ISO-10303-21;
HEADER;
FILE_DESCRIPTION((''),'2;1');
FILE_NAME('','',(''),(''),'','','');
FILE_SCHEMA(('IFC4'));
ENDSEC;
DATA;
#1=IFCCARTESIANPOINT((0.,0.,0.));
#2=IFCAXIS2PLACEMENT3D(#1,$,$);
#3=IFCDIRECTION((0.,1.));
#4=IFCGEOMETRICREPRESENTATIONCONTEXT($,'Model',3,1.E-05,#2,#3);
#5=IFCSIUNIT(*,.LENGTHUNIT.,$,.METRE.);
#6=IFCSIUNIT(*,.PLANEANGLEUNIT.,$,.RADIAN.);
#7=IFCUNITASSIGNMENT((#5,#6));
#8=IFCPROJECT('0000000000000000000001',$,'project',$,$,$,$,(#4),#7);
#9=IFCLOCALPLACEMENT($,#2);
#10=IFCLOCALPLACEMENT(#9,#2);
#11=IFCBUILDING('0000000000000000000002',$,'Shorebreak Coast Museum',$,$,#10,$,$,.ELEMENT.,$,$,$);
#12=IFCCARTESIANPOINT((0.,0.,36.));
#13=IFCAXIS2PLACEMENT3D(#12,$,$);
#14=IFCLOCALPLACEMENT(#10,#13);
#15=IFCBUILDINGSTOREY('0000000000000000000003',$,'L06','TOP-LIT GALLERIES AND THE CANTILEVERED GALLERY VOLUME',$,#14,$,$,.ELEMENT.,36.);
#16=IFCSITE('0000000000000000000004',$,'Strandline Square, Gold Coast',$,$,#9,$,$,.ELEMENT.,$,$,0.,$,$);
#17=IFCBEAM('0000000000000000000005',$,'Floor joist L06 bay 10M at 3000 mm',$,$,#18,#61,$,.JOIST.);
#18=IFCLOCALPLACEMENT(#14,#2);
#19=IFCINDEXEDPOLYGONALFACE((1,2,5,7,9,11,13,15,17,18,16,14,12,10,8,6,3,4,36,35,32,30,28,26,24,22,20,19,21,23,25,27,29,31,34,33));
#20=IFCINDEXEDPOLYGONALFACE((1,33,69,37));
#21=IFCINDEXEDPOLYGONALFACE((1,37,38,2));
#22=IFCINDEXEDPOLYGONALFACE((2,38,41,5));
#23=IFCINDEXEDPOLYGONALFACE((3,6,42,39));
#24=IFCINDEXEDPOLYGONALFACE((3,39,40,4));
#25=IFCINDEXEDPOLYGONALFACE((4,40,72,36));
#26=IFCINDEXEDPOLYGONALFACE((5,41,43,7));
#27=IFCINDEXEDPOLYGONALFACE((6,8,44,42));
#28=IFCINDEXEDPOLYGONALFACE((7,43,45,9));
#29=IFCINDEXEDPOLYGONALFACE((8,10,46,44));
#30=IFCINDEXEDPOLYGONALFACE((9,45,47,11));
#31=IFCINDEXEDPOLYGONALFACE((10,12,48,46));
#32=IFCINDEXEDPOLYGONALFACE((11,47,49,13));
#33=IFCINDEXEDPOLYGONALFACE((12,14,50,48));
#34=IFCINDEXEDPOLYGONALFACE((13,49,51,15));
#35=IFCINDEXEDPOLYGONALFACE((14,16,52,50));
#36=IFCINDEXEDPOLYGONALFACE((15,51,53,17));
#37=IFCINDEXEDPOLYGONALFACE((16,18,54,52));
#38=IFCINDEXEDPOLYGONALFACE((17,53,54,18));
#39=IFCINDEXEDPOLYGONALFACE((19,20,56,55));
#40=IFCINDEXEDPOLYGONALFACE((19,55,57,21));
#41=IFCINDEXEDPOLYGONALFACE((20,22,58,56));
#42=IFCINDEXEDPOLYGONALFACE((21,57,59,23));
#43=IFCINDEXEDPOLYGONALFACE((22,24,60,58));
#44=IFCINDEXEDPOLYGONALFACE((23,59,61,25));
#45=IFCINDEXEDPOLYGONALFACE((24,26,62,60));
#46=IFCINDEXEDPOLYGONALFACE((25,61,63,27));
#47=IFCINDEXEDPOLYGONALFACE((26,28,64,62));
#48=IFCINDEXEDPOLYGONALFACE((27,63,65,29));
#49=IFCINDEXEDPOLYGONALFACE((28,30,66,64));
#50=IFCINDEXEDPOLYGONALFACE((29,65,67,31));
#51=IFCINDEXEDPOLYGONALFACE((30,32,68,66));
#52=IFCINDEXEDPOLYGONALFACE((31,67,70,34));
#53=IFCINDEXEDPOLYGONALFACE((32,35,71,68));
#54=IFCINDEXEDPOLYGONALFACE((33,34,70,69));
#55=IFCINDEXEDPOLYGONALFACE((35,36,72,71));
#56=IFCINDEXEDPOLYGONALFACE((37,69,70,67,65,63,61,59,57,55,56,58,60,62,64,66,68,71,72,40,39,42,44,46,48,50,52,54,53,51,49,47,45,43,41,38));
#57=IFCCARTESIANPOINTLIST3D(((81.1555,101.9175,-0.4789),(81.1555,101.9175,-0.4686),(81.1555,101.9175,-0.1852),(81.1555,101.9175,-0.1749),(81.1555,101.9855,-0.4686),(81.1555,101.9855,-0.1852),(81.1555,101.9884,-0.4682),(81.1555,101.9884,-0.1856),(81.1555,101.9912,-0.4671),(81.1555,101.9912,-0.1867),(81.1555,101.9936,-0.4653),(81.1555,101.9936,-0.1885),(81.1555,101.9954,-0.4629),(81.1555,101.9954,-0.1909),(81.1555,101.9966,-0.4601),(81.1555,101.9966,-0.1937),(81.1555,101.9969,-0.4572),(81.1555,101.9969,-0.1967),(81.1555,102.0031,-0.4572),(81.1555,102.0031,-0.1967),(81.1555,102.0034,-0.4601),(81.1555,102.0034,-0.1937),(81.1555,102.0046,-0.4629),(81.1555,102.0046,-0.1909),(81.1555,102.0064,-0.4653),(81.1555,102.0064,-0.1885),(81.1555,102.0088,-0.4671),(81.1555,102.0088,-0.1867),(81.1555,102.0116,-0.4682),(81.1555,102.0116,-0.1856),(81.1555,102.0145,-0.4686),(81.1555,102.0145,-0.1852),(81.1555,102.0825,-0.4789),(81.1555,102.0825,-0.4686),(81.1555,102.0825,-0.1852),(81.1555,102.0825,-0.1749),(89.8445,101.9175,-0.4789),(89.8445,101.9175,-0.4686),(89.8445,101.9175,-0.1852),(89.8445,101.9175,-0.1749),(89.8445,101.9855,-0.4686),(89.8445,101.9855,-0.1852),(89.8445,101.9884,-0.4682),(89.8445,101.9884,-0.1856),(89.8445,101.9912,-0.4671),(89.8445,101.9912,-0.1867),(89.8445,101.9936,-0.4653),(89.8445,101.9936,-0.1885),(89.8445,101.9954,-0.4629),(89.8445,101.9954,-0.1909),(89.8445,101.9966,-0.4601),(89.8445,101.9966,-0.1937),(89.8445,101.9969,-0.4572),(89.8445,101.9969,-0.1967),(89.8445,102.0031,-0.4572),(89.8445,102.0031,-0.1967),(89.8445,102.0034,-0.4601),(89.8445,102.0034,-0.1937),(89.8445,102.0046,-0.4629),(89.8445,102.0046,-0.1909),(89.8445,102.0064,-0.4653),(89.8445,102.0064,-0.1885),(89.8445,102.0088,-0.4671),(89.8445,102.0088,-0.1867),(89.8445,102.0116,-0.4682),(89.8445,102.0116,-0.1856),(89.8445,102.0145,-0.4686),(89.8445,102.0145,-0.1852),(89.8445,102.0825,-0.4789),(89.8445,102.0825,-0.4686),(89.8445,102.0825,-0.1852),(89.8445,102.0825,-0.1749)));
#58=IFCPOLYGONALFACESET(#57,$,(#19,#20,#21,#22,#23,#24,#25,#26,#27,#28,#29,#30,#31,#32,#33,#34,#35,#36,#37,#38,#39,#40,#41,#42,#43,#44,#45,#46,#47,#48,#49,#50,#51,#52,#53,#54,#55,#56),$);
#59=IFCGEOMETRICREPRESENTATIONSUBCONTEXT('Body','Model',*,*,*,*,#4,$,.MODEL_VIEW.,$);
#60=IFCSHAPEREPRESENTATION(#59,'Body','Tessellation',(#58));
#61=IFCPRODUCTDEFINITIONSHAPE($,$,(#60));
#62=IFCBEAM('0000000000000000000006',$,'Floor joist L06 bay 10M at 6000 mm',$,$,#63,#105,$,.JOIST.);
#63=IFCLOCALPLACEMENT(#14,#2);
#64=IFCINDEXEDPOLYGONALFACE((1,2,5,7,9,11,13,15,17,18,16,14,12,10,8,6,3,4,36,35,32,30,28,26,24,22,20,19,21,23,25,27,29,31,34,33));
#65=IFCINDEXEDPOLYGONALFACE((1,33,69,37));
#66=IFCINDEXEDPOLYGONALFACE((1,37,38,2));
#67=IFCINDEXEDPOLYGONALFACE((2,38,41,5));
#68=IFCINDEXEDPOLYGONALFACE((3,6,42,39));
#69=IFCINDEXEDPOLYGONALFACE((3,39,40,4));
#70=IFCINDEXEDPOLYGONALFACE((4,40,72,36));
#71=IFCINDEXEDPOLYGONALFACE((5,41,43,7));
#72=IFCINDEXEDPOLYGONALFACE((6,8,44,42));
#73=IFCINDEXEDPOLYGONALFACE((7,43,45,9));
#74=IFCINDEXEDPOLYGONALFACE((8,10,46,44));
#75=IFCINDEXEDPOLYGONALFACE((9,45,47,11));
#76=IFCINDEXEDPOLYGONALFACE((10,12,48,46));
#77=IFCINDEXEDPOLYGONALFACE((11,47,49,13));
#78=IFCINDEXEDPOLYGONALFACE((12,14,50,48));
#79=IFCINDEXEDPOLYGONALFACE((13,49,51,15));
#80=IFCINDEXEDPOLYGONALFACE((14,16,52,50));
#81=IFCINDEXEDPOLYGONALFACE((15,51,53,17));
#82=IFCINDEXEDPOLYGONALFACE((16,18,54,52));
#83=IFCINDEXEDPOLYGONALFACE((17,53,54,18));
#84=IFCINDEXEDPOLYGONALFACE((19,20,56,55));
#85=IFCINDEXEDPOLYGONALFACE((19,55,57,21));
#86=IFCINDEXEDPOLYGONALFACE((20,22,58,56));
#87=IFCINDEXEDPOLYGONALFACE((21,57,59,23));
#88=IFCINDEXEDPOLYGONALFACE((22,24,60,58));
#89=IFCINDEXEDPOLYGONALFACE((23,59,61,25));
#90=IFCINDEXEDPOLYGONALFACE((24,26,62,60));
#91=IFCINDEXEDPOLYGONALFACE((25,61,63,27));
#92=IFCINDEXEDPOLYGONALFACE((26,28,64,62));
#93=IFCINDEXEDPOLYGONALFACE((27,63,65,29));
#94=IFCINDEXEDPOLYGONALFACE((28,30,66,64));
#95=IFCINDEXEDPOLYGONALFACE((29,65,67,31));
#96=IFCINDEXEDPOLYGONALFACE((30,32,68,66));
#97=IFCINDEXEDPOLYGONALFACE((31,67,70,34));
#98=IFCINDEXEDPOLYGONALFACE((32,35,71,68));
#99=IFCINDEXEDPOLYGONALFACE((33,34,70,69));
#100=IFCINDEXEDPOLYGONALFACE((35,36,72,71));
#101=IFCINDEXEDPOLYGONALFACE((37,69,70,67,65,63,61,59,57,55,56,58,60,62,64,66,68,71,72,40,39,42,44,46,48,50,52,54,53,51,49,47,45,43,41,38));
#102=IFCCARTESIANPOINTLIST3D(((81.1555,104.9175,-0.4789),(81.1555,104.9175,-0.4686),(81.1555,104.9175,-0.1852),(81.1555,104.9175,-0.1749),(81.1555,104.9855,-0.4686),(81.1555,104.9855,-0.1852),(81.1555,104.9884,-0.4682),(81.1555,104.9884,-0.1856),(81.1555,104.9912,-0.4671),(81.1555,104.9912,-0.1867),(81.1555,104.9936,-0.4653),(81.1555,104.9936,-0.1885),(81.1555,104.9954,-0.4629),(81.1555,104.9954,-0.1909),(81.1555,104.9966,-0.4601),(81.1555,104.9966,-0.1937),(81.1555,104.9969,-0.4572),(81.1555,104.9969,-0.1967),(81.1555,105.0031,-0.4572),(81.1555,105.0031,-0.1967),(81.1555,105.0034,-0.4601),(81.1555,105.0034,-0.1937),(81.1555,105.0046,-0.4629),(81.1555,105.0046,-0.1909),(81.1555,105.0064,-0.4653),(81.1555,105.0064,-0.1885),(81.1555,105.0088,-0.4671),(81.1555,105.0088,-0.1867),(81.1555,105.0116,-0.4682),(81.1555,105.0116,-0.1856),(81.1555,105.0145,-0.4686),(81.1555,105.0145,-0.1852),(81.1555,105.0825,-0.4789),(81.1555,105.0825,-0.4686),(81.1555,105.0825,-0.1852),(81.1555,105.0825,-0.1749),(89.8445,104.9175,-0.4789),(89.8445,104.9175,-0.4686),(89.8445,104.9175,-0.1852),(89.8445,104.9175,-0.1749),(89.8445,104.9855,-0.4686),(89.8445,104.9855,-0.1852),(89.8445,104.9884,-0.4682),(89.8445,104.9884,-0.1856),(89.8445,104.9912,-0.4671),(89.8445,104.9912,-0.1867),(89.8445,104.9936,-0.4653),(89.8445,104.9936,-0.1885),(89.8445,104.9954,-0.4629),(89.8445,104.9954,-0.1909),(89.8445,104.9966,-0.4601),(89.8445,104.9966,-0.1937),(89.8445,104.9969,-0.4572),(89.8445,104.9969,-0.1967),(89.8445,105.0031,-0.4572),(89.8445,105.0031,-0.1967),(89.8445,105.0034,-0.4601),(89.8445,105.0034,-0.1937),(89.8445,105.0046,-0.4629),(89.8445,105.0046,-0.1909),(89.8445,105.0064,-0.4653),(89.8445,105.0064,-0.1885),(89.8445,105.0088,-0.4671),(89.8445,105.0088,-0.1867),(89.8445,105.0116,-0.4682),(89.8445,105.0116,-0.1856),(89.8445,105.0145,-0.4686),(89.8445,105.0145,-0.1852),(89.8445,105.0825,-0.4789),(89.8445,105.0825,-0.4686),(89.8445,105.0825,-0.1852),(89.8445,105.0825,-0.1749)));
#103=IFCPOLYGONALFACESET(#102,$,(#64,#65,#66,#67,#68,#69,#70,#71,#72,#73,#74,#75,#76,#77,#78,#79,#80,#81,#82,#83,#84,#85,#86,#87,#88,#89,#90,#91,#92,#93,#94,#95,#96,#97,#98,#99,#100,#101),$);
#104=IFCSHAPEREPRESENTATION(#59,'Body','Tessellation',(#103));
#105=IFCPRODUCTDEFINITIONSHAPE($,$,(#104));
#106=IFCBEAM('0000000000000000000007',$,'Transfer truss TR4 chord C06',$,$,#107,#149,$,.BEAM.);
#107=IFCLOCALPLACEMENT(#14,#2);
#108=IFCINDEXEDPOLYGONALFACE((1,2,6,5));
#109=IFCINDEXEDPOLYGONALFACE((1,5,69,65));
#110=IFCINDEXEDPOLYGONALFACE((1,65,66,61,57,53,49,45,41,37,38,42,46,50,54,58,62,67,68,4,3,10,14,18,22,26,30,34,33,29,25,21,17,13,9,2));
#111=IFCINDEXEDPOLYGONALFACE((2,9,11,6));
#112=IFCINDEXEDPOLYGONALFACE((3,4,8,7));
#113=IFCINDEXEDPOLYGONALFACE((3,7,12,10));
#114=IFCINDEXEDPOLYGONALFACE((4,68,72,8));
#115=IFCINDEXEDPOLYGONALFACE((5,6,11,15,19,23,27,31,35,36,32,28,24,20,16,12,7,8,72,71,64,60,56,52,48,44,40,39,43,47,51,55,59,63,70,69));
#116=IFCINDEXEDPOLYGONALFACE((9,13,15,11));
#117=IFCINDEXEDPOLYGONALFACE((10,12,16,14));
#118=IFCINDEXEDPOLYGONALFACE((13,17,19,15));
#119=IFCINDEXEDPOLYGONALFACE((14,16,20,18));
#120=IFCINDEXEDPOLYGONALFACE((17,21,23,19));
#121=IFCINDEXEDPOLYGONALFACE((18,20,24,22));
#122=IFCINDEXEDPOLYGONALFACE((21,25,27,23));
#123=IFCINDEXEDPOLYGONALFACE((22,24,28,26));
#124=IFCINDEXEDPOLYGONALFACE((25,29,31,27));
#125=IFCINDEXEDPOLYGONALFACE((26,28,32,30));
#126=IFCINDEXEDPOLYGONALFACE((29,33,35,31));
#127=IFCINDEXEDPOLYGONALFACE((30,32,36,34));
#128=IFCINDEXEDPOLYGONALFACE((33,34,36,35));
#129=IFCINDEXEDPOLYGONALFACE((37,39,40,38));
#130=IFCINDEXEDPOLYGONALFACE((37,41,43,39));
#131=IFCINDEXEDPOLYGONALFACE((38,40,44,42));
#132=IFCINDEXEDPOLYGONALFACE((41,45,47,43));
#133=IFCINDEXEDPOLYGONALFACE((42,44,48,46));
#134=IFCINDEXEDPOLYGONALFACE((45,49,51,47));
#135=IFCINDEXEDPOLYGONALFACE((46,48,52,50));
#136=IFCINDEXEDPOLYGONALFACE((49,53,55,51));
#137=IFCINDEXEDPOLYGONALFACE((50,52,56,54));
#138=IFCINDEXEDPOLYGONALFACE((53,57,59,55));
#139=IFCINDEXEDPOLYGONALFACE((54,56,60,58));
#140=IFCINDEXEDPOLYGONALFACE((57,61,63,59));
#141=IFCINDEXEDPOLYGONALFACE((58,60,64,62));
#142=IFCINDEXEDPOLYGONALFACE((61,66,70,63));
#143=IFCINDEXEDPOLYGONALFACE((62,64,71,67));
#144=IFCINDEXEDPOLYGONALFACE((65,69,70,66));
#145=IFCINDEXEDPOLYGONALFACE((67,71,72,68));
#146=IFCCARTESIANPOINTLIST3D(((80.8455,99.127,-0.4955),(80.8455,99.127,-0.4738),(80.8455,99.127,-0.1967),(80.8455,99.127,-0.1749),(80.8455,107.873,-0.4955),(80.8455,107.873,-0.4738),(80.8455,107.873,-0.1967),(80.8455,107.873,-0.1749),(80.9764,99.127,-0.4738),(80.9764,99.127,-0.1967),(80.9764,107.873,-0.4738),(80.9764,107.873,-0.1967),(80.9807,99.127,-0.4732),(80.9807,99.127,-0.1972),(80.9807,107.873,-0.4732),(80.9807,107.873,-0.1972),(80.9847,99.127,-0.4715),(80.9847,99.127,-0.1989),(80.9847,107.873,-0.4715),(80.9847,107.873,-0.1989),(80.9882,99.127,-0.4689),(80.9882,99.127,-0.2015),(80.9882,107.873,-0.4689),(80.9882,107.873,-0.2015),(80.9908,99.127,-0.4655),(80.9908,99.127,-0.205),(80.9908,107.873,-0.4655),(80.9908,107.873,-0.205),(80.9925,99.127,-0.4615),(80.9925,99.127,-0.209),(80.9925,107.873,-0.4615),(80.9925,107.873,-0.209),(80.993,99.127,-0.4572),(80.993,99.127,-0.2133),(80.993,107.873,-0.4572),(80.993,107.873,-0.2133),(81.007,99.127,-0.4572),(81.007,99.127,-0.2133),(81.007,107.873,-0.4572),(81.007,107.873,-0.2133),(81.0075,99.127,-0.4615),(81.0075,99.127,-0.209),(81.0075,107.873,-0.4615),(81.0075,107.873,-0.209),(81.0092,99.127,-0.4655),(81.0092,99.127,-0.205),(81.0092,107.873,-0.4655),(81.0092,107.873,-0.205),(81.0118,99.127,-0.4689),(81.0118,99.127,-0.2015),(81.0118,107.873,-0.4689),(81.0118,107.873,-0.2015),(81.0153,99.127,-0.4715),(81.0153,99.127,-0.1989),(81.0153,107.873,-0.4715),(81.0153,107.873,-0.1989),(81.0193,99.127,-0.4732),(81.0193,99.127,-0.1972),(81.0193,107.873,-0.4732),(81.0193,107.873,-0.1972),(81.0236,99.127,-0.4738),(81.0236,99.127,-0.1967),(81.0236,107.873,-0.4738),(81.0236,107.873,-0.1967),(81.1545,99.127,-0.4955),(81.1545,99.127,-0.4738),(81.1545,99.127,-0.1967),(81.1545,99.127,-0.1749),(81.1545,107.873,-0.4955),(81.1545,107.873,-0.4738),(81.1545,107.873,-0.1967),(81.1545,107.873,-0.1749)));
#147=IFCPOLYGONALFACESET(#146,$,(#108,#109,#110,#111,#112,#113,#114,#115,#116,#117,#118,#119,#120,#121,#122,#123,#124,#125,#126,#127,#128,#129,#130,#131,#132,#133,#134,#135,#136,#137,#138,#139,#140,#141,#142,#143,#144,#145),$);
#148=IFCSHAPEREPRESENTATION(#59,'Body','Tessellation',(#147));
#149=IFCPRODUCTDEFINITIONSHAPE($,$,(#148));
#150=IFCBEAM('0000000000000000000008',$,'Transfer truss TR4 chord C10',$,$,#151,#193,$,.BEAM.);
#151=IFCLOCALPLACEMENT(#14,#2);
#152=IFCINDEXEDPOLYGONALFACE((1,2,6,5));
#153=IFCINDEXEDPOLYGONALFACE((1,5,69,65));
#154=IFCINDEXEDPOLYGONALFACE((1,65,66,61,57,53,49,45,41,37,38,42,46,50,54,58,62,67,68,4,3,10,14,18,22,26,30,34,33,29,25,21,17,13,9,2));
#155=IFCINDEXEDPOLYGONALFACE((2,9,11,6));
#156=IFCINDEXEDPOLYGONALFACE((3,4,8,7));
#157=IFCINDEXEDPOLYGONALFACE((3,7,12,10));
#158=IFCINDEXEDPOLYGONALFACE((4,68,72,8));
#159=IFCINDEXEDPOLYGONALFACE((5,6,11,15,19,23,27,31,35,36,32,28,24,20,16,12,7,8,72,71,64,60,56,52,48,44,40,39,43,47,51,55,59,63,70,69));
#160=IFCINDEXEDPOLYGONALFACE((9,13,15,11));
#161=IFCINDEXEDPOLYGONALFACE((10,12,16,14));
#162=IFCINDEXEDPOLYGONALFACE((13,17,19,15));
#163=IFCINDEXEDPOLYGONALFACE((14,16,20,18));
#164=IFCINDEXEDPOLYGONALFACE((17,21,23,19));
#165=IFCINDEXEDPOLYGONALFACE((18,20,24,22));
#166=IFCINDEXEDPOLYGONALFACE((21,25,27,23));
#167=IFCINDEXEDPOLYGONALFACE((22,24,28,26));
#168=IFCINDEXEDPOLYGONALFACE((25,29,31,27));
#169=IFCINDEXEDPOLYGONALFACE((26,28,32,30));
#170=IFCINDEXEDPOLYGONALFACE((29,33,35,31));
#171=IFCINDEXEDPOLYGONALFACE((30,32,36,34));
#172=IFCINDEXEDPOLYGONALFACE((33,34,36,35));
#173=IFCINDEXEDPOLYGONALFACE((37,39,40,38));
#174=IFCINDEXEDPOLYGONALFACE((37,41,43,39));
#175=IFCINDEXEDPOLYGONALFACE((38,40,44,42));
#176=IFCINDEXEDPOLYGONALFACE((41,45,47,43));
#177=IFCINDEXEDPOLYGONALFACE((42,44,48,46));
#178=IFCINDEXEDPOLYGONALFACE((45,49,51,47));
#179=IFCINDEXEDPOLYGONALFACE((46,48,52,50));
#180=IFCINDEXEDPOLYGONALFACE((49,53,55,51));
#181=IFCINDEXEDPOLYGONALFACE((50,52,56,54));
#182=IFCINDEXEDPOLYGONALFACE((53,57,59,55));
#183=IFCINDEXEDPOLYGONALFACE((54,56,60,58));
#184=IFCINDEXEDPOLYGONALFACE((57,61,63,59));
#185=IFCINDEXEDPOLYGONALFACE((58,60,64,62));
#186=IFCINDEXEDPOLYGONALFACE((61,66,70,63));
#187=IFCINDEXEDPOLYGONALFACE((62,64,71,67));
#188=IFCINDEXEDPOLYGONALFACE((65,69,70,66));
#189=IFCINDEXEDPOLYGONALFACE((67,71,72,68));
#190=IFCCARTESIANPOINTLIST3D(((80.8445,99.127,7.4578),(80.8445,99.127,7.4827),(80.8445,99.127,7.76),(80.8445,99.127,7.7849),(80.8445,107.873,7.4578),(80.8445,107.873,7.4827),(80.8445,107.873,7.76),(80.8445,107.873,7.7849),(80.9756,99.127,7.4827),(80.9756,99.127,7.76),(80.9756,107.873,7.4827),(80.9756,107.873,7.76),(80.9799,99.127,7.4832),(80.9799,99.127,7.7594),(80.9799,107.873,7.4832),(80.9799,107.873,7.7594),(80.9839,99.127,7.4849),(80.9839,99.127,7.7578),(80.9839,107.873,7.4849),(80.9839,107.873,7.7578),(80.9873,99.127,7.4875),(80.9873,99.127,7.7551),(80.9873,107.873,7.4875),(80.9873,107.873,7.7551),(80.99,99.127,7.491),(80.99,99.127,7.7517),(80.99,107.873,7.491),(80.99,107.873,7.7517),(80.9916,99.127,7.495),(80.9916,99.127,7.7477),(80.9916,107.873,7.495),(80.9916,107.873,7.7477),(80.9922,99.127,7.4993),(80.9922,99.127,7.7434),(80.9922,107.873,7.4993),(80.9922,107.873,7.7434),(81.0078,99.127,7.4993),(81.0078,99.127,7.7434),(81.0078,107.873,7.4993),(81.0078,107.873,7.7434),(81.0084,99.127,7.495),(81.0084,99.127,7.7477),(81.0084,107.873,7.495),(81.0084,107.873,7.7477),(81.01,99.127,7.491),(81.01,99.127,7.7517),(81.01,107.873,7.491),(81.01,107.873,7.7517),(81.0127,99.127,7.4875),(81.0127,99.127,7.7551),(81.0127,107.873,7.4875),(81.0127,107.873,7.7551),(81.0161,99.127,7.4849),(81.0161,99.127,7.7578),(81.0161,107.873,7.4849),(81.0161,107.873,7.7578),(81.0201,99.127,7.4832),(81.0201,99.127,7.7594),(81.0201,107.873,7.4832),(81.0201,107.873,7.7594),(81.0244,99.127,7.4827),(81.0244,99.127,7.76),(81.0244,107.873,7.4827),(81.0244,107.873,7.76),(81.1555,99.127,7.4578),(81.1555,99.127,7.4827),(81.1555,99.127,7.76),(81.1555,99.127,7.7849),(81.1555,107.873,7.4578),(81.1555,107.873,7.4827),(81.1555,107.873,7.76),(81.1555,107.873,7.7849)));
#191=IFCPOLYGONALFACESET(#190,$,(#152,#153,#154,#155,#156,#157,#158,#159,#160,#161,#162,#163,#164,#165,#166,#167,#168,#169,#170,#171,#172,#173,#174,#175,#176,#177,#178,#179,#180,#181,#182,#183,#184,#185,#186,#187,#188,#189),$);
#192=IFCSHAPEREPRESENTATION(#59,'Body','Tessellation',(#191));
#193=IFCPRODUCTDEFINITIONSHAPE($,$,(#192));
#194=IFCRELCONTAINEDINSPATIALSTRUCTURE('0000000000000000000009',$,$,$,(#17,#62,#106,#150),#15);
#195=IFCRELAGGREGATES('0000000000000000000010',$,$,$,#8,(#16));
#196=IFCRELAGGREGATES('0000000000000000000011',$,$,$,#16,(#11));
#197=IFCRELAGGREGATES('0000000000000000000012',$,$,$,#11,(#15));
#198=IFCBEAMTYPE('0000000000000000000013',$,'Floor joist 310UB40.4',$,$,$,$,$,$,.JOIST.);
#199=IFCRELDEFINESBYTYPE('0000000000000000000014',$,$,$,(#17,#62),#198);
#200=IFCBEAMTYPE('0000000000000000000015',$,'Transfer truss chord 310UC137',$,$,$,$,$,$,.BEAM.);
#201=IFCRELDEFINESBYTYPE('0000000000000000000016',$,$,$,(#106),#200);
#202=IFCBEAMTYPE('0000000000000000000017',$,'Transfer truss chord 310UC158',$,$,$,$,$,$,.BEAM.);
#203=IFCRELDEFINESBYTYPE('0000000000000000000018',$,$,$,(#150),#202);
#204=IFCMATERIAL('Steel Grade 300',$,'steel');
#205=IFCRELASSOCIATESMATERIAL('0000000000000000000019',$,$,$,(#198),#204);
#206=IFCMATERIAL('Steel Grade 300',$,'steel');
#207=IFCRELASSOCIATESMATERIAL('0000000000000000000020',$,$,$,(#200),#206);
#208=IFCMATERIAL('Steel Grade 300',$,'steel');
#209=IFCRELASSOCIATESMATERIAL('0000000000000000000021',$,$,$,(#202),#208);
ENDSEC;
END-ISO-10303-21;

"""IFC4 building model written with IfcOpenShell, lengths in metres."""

from ifc_helpers import new_model, si_unit, direction, frame, origin, origin_2d, place, context, subcontext, project, spatial, i_section, extrude, material, material_profile, profile_set, type_object, element, save


model = new_model("IFC4")

# Units and contexts
model_context = context("Model", 3, precision=1e-05, world=origin(), true_north=direction((0.0, 1.0)))
body_context = subcontext(model_context, "Body", "Model", "MODEL_VIEW")
ifc_project = project(units=[si_unit("LENGTHUNIT", "METRE"), si_unit("PLANEANGLEUNIT", "RADIAN")], contexts=[model_context])

# Site, building, storey
site_placement = place(None, origin())
site = spatial("IfcSite", under=ifc_project, at=site_placement, Name="Strandline Square, Gold Coast", CompositionType="ELEMENT", RefElevation=0.0)
building_placement = place(site_placement, origin())
building = spatial("IfcBuilding", under=site, at=building_placement, Name="Shorebreak Coast Museum", CompositionType="ELEMENT")
storey_placement = place(building_placement, frame((0.0, 0.0, 36.0)))
storey = spatial("IfcBuildingStorey", under=building, at=storey_placement, Name="L06", Description="TOP-LIT GALLERIES AND THE CANTILEVERED GALLERY VOLUME", CompositionType="ELEMENT", Elevation=36.0)

# Beams
ifc_material_1 = material(Name="Steel Grade 300", Category="steel")
ifc_material_profile_1 = material_profile(ifc_material_1, i_section(OverallWidth=0.165, OverallDepth=0.304, WebThickness=0.0061, FlangeThickness=0.0103, FilletRadius=0.0115, at=origin_2d()), Name="310UB40.4")
ifc_profile_set_1 = profile_set([ifc_material_profile_1], Name="Steel Grade 300")
beam_type_1 = type_object("IfcBeamType", Name="Floor joist 310UB40.4", PredefinedType="JOIST", material=ifc_profile_set_1)
for number, where, z_axis, x_axis, name in (
    (1, (81.1555, 102.0, -0.3269), (1.0, 0.0, 0.0), (0.0, 1.0, 0.0), "Floor joist L06 bay 10M at 3000 mm"),
    (2, (81.1555, 105.0, -0.3269), (1.0, 0.0, 0.0), (0.0, 1.0, 0.0), "Floor joist L06 bay 10M at 6000 mm"),
):
    element("IfcBeam", number, at=place(storey_placement, frame(where, z_axis=z_axis, x_axis=x_axis)), inside=storey, type_object=beam_type_1, Name=name, PredefinedType="JOIST", context=body_context, shape_type="SweptSolid", body=[
        extrude(i_section(OverallWidth=0.165, OverallDepth=0.304, WebThickness=0.0061, FlangeThickness=0.0103, FilletRadius=0.0115, at=origin_2d()), origin(), (0.0, 0.0, 1.0), 8.689),
    ])
ifc_material_2 = material(Name="Steel Grade 300", Category="steel")
ifc_material_profile_2 = material_profile(ifc_material_2, i_section(OverallWidth=0.3091, OverallDepth=0.3206, WebThickness=0.0139, FlangeThickness=0.0217, FilletRadius=0.0166, at=origin_2d()), Name="310UC137")
ifc_profile_set_2 = profile_set([ifc_material_profile_2], Name="Steel Grade 300")
beam_type_2 = type_object("IfcBeamType", Name="Transfer truss chord 310UC137", PredefinedType="BEAM", material=ifc_profile_set_2)
beam_1_placement = place(storey_placement, frame((81.0, 99.127, -0.3352), z_axis=(0.0, 1.0, 0.0), x_axis=(-1.0, 0.0, 0.0)))
element("IfcBeam", 3, at=beam_1_placement, inside=storey, type_object=beam_type_2, Name="Transfer truss TR4 chord C06", PredefinedType="BEAM", context=body_context, shape_type="SweptSolid", body=[
    extrude(i_section(OverallWidth=0.3091, OverallDepth=0.3206, WebThickness=0.0139, FlangeThickness=0.0217, FilletRadius=0.0166, at=origin_2d()), origin(), (0.0, 0.0, 1.0), 8.7461),
])
ifc_material_3 = material(Name="Steel Grade 300", Category="steel")
ifc_material_profile_3 = material_profile(ifc_material_3, i_section(OverallWidth=0.311, OverallDepth=0.3271, WebThickness=0.0156, FlangeThickness=0.0249, FilletRadius=0.0166, at=origin_2d()), Name="310UC158")
ifc_profile_set_3 = profile_set([ifc_material_profile_3], Name="Steel Grade 300")
beam_type_3 = type_object("IfcBeamType", Name="Transfer truss chord 310UC158", PredefinedType="BEAM", material=ifc_profile_set_3)
beam_2_placement = place(storey_placement, frame((81.0, 99.127, 7.6213), z_axis=(0.0, 1.0, 0.0), x_axis=(-1.0, 0.0, 0.0)))
element("IfcBeam", 4, at=beam_2_placement, inside=storey, type_object=beam_type_3, Name="Transfer truss TR4 chord C10", PredefinedType="BEAM", context=body_context, shape_type="SweptSolid", body=[
    extrude(i_section(OverallWidth=0.311, OverallDepth=0.3271, WebThickness=0.0156, FlangeThickness=0.0249, FilletRadius=0.0166, at=origin_2d()), origin(), (0.0, 0.0, 1.0), 8.7461),
])

save(model, "model.ifc")
